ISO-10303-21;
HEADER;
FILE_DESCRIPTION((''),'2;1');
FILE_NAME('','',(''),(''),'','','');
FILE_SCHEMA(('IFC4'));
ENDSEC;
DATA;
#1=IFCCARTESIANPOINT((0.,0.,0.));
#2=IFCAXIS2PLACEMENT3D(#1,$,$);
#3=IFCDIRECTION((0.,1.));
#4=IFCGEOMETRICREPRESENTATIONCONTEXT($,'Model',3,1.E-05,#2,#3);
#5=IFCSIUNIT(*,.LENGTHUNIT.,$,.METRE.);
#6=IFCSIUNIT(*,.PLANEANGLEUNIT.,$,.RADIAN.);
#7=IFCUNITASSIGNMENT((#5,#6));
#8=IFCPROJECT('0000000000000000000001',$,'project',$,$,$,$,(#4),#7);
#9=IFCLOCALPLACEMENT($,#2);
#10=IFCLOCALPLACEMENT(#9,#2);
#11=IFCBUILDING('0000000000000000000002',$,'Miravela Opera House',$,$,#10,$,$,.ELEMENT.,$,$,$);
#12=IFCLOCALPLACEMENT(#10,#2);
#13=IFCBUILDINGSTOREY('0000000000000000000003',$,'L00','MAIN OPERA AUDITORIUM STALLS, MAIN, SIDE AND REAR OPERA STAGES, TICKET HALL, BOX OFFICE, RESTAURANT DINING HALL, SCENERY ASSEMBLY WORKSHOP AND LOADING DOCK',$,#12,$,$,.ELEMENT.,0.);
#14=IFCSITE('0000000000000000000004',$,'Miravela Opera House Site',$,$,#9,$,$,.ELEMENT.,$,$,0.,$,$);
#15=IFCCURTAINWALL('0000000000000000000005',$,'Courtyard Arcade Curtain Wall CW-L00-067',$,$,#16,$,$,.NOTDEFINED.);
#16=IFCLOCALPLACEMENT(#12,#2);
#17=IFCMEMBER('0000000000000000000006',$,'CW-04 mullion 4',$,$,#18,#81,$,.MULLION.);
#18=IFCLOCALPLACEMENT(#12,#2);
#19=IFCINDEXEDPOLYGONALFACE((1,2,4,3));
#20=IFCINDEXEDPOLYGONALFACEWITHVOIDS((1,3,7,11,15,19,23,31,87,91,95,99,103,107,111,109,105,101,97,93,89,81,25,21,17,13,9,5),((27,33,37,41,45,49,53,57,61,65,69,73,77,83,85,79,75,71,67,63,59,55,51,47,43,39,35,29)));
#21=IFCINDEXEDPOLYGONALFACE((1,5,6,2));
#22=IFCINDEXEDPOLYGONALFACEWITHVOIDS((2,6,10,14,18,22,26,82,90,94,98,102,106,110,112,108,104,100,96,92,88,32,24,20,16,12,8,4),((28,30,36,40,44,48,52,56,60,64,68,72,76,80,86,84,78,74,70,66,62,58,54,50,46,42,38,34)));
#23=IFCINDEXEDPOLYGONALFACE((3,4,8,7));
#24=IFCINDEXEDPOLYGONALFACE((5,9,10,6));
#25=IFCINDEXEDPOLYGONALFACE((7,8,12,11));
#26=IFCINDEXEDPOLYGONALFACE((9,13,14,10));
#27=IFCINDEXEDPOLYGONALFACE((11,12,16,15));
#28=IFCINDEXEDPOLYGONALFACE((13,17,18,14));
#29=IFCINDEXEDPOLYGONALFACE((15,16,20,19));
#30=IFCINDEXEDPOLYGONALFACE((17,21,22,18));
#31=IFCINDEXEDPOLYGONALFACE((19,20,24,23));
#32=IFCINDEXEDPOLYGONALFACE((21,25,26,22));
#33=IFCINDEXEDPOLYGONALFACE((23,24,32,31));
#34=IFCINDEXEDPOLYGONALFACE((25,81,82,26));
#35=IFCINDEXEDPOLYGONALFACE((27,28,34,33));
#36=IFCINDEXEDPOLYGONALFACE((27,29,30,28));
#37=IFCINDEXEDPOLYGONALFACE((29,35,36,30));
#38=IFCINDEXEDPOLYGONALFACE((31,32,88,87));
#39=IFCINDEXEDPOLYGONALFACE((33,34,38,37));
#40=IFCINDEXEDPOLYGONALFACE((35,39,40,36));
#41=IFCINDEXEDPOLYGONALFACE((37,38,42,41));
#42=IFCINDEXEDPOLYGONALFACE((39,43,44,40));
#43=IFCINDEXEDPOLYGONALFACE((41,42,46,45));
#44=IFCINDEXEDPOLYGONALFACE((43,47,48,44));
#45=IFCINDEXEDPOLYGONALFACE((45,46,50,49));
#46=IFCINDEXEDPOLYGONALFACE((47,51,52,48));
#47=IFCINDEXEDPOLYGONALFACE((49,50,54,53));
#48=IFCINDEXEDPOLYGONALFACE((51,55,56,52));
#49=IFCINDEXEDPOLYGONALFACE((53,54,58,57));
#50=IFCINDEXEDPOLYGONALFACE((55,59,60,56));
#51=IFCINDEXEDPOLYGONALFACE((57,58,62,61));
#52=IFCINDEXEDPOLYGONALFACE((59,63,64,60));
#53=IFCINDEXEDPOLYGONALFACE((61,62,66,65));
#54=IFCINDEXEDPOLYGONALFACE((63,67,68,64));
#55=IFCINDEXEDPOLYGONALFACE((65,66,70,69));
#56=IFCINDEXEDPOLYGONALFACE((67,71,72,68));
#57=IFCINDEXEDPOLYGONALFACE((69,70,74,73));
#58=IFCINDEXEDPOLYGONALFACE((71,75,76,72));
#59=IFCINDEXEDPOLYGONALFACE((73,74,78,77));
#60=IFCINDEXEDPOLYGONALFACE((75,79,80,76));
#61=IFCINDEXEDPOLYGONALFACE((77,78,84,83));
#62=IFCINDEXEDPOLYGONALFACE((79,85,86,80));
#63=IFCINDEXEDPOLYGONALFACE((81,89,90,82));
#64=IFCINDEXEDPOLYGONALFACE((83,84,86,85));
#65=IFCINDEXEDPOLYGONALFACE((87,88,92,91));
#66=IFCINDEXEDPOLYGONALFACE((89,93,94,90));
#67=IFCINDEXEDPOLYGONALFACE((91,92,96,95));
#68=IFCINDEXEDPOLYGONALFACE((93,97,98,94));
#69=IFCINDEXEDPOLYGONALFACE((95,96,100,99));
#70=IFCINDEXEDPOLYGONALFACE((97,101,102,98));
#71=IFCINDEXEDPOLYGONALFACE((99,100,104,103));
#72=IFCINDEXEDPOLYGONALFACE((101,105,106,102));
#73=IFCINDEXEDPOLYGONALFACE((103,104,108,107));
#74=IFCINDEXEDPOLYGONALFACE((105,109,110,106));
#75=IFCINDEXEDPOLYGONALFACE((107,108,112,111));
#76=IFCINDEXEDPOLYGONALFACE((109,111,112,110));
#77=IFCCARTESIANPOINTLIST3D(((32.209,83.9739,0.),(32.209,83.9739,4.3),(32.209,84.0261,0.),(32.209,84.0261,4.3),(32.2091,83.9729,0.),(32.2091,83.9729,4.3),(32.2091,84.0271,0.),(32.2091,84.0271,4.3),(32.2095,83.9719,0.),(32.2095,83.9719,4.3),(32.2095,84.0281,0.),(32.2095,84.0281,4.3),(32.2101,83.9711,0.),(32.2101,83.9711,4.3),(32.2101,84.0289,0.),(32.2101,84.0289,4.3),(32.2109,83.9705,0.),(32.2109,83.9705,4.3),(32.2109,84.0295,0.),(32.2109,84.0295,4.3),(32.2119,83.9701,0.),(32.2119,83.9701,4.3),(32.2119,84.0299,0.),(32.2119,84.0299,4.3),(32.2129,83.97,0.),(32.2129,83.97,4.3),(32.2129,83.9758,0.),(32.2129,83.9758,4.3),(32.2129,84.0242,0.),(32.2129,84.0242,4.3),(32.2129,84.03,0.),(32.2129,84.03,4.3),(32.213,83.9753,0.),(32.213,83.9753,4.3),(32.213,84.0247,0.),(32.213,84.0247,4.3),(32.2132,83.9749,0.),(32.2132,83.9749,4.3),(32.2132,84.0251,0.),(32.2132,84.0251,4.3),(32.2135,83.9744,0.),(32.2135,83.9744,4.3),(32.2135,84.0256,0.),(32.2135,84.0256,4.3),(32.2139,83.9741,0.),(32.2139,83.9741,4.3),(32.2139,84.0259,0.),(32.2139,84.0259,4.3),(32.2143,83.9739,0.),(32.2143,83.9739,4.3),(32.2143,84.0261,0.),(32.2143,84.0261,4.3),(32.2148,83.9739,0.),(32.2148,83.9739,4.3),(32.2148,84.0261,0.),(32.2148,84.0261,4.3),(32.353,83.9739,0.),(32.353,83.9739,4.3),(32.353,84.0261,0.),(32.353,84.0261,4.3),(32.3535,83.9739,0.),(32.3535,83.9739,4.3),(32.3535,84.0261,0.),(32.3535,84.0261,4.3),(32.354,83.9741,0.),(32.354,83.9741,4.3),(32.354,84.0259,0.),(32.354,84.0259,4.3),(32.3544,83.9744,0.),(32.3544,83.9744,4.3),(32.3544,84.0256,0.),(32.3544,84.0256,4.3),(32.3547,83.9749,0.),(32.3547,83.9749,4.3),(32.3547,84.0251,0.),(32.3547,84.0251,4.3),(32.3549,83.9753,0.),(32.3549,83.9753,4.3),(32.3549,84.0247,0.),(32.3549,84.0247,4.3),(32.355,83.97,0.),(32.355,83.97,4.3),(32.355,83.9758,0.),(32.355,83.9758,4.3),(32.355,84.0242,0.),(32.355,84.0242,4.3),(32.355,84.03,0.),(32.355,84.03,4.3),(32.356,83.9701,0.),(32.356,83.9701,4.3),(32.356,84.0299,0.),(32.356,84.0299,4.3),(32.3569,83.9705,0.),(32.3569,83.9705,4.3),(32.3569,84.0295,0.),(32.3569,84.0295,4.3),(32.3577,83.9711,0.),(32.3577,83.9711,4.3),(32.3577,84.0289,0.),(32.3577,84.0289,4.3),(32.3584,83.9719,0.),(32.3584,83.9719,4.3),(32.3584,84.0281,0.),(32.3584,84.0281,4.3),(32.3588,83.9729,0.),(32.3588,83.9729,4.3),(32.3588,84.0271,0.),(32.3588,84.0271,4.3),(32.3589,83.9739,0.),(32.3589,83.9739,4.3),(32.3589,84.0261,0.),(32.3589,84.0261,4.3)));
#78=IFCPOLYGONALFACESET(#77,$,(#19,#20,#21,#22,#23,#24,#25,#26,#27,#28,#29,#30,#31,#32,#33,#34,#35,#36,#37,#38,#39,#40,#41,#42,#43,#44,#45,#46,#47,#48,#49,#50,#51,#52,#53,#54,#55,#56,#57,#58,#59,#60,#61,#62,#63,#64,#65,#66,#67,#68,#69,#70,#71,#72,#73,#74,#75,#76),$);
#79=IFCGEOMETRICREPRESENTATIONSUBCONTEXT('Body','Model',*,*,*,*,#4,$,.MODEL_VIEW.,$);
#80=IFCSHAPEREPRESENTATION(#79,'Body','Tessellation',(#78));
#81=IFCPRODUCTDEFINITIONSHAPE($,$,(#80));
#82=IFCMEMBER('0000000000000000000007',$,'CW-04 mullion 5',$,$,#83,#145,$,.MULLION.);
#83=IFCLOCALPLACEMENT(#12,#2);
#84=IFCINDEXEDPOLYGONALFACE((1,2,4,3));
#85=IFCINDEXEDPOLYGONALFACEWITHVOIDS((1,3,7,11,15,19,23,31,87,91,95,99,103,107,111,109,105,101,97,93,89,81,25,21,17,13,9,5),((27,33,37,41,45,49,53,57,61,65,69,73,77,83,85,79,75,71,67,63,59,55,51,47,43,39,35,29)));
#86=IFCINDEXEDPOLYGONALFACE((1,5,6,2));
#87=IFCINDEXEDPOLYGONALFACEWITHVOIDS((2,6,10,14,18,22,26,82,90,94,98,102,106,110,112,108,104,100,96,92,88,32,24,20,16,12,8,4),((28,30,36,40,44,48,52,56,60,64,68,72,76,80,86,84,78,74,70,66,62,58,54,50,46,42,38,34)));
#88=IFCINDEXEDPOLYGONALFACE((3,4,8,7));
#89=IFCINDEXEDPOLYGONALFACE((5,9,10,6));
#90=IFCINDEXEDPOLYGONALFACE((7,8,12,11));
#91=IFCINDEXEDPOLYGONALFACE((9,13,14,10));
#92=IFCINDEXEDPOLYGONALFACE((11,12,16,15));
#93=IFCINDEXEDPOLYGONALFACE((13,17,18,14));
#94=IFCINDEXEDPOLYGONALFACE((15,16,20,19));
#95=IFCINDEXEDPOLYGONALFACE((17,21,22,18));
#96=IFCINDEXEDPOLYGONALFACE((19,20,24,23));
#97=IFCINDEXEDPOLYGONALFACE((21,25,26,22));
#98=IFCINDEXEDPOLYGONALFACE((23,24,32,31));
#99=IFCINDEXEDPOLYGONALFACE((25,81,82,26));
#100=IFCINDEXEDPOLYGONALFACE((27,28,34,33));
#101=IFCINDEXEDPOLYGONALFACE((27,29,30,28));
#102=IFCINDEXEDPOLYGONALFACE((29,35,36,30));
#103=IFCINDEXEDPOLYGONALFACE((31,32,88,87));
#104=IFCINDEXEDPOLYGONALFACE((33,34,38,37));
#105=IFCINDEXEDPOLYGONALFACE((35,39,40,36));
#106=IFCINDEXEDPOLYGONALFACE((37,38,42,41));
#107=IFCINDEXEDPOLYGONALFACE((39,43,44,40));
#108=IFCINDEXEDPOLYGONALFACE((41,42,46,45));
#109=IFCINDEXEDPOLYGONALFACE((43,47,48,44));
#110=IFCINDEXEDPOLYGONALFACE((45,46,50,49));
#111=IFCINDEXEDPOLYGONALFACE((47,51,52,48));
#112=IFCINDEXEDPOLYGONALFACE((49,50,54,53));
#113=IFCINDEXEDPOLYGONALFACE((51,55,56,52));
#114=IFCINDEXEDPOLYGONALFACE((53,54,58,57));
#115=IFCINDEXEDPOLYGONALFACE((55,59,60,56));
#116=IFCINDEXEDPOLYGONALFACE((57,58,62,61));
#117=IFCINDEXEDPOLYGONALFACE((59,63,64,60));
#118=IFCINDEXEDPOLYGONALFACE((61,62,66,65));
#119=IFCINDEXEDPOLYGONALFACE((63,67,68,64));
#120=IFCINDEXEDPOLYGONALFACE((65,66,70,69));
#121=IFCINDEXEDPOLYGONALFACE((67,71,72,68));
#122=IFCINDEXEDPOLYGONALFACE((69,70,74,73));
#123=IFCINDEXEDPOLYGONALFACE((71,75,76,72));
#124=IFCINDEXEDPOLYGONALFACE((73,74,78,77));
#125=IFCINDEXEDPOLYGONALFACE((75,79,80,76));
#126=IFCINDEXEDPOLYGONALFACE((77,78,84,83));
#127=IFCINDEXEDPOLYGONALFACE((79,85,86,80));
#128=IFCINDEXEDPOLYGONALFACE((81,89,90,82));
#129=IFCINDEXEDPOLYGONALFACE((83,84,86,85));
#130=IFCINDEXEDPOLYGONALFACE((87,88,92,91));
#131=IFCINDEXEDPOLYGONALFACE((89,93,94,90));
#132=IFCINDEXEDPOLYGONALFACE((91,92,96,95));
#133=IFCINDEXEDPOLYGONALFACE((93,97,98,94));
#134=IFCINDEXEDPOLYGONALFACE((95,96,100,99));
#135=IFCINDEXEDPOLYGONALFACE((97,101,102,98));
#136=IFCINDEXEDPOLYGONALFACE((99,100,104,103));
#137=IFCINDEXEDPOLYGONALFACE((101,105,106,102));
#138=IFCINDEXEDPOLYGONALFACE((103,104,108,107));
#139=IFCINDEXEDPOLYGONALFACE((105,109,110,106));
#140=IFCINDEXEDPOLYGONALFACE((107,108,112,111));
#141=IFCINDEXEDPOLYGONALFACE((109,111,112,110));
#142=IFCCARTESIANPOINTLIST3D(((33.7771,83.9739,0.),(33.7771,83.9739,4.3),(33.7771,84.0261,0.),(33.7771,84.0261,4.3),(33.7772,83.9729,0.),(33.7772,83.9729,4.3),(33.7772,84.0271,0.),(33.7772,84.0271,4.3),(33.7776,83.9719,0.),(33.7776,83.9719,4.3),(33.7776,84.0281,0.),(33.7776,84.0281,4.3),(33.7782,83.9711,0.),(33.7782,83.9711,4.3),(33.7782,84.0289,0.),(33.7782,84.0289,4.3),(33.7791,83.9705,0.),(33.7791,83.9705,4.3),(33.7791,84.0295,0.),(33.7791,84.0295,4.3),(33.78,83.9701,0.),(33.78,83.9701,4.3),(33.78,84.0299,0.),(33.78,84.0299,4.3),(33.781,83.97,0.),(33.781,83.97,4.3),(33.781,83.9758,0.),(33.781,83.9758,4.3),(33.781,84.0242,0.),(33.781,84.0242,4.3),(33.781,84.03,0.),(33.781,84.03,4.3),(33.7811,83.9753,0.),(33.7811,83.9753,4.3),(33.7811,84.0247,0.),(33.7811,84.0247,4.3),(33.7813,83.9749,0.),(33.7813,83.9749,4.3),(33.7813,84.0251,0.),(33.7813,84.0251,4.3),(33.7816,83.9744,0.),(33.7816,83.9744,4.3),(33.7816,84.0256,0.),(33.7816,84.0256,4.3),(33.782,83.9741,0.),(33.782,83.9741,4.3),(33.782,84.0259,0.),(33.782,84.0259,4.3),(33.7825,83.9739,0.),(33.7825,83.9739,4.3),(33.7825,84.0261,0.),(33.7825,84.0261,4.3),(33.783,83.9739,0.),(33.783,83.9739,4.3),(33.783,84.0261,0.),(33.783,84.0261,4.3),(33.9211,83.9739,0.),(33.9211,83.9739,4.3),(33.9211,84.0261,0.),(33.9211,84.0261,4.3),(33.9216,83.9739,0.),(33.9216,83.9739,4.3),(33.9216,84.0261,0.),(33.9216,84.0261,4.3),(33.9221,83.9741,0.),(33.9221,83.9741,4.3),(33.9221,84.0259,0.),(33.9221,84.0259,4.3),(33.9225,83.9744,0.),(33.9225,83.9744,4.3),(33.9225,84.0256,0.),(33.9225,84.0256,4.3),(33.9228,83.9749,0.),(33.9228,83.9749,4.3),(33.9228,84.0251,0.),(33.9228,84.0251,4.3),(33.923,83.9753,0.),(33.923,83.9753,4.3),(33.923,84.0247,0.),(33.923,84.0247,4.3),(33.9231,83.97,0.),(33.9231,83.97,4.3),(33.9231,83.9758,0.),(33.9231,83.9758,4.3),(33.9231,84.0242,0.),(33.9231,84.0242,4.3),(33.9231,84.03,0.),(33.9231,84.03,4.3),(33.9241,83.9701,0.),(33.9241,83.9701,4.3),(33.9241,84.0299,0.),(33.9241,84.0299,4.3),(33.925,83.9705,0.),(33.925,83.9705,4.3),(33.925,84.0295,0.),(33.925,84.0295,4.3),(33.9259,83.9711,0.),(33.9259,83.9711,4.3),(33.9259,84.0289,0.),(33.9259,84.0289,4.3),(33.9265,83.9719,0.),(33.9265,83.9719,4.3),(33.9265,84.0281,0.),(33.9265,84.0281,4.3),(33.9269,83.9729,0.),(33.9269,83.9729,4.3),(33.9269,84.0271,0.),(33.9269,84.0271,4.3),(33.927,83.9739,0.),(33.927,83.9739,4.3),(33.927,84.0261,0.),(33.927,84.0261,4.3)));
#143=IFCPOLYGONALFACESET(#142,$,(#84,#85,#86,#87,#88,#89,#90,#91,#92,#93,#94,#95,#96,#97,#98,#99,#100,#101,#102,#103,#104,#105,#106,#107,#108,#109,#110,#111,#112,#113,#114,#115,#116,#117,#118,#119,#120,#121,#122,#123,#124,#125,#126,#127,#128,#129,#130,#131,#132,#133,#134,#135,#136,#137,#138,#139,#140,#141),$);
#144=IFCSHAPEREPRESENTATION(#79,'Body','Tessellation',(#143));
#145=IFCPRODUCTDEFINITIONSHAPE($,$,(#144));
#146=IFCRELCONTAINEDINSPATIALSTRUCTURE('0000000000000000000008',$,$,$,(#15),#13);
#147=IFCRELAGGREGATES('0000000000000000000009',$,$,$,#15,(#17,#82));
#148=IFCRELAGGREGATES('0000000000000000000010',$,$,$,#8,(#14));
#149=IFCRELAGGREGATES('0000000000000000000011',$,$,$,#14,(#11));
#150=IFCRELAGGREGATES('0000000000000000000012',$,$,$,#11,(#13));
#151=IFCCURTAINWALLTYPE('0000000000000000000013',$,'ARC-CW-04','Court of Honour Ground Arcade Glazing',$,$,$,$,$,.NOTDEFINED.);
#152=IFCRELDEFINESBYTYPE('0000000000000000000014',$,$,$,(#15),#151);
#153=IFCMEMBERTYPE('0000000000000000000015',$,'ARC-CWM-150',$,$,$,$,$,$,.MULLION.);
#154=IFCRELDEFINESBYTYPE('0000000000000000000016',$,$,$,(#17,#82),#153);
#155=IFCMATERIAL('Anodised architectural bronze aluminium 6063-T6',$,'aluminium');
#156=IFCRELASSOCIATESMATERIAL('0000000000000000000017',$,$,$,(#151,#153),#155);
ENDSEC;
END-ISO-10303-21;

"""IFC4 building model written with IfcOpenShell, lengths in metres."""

from ifc_helpers import new_model, si_unit, direction, frame, origin, origin_2d, place, context, subcontext, project, spatial, hollow_rectangle, extrude, material, material_profile, profile_set, type_object, element, aggregate, save


model = new_model("IFC4")

# Units and contexts
model_context = context("Model", 3, precision=1e-05, world=origin(), true_north=direction((0.0, 1.0)))
body_context = subcontext(model_context, "Body", "Model", "MODEL_VIEW")
ifc_project = project(units=[si_unit("LENGTHUNIT", "METRE"), si_unit("PLANEANGLEUNIT", "RADIAN")], contexts=[model_context])

# Site, building, storey
site_placement = place(None, origin())
site = spatial("IfcSite", under=ifc_project, at=site_placement, Name="Miravela Opera House Site", CompositionType="ELEMENT", RefElevation=0.0)
building_placement = place(site_placement, origin())
building = spatial("IfcBuilding", under=site, at=building_placement, Name="Miravela Opera House", CompositionType="ELEMENT")
storey_placement = place(building_placement, origin())
storey = spatial("IfcBuildingStorey", under=building, at=storey_placement, Name="L00", Description="MAIN OPERA AUDITORIUM STALLS, MAIN, SIDE AND REAR OPERA STAGES, TICKET HALL, BOX OFFICE, RESTAURANT DINING HALL, SCENERY ASSEMBLY WORKSHOP AND LOADING DOCK", CompositionType="ELEMENT", Elevation=0.0)

# Curtain wall, members
ifc_material_1 = material(Name="Anodised architectural bronze aluminium 6063-T6", Category="aluminium")
curtain_wall_type = type_object("IfcCurtainWallType", Name="ARC-CW-04", Description="Court of Honour Ground Arcade Glazing", PredefinedType="NOTDEFINED", material=ifc_material_1)
curtain_wall_placement = place(storey_placement, origin())
curtain_wall = element("IfcCurtainWall", 1, at=curtain_wall_placement, inside=storey, type_object=curtain_wall_type, Name="Courtyard Arcade Curtain Wall CW-L00-067", PredefinedType="NOTDEFINED")
ifc_material_profile_1 = material_profile(ifc_material_1, hollow_rectangle(XDim=0.0601, YDim=0.1499, WallThickness=0.0039, InnerFilletRadius=0.002, OuterFilletRadius=0.0039, at=origin_2d()), Name="CWM-60X150")
ifc_profile_set_1 = profile_set([ifc_material_profile_1])
member_type_1 = type_object("IfcMemberType", Name="ARC-CWM-150", PredefinedType="MULLION", material=ifc_profile_set_1)
member_1_placement = place(storey_placement, frame((32.2839, 84.0, 0.0), z_axis=(0.0, 0.0, 1.0), x_axis=(0.0, 1.0, 0.0)))
member_1 = element("IfcMember", 2, at=member_1_placement, type_object=member_type_1, Name="CW-04 mullion 4", PredefinedType="MULLION", context=body_context, shape_type="SweptSolid", body=[
    extrude(hollow_rectangle(XDim=0.0601, YDim=0.1499, WallThickness=0.0039, InnerFilletRadius=0.002, OuterFilletRadius=0.0039, at=origin_2d()), origin(), (0.0, 0.0, 1.0), 4.3),
])
member_2_placement = place(storey_placement, frame((33.8521, 84.0, 0.0), z_axis=(0.0, 0.0, 1.0), x_axis=(0.0, 1.0, 0.0)))
member_2 = element("IfcMember", 3, at=member_2_placement, type_object=member_type_1, Name="CW-04 mullion 5", PredefinedType="MULLION", context=body_context, shape_type="SweptSolid", body=[
    extrude(hollow_rectangle(XDim=0.0601, YDim=0.1499, WallThickness=0.0039, InnerFilletRadius=0.002, OuterFilletRadius=0.0039, at=origin_2d()), origin(), (0.0, 0.0, 1.0), 4.3),
])
aggregate(curtain_wall, [member_1, member_2])

save(model, "model.ifc")
